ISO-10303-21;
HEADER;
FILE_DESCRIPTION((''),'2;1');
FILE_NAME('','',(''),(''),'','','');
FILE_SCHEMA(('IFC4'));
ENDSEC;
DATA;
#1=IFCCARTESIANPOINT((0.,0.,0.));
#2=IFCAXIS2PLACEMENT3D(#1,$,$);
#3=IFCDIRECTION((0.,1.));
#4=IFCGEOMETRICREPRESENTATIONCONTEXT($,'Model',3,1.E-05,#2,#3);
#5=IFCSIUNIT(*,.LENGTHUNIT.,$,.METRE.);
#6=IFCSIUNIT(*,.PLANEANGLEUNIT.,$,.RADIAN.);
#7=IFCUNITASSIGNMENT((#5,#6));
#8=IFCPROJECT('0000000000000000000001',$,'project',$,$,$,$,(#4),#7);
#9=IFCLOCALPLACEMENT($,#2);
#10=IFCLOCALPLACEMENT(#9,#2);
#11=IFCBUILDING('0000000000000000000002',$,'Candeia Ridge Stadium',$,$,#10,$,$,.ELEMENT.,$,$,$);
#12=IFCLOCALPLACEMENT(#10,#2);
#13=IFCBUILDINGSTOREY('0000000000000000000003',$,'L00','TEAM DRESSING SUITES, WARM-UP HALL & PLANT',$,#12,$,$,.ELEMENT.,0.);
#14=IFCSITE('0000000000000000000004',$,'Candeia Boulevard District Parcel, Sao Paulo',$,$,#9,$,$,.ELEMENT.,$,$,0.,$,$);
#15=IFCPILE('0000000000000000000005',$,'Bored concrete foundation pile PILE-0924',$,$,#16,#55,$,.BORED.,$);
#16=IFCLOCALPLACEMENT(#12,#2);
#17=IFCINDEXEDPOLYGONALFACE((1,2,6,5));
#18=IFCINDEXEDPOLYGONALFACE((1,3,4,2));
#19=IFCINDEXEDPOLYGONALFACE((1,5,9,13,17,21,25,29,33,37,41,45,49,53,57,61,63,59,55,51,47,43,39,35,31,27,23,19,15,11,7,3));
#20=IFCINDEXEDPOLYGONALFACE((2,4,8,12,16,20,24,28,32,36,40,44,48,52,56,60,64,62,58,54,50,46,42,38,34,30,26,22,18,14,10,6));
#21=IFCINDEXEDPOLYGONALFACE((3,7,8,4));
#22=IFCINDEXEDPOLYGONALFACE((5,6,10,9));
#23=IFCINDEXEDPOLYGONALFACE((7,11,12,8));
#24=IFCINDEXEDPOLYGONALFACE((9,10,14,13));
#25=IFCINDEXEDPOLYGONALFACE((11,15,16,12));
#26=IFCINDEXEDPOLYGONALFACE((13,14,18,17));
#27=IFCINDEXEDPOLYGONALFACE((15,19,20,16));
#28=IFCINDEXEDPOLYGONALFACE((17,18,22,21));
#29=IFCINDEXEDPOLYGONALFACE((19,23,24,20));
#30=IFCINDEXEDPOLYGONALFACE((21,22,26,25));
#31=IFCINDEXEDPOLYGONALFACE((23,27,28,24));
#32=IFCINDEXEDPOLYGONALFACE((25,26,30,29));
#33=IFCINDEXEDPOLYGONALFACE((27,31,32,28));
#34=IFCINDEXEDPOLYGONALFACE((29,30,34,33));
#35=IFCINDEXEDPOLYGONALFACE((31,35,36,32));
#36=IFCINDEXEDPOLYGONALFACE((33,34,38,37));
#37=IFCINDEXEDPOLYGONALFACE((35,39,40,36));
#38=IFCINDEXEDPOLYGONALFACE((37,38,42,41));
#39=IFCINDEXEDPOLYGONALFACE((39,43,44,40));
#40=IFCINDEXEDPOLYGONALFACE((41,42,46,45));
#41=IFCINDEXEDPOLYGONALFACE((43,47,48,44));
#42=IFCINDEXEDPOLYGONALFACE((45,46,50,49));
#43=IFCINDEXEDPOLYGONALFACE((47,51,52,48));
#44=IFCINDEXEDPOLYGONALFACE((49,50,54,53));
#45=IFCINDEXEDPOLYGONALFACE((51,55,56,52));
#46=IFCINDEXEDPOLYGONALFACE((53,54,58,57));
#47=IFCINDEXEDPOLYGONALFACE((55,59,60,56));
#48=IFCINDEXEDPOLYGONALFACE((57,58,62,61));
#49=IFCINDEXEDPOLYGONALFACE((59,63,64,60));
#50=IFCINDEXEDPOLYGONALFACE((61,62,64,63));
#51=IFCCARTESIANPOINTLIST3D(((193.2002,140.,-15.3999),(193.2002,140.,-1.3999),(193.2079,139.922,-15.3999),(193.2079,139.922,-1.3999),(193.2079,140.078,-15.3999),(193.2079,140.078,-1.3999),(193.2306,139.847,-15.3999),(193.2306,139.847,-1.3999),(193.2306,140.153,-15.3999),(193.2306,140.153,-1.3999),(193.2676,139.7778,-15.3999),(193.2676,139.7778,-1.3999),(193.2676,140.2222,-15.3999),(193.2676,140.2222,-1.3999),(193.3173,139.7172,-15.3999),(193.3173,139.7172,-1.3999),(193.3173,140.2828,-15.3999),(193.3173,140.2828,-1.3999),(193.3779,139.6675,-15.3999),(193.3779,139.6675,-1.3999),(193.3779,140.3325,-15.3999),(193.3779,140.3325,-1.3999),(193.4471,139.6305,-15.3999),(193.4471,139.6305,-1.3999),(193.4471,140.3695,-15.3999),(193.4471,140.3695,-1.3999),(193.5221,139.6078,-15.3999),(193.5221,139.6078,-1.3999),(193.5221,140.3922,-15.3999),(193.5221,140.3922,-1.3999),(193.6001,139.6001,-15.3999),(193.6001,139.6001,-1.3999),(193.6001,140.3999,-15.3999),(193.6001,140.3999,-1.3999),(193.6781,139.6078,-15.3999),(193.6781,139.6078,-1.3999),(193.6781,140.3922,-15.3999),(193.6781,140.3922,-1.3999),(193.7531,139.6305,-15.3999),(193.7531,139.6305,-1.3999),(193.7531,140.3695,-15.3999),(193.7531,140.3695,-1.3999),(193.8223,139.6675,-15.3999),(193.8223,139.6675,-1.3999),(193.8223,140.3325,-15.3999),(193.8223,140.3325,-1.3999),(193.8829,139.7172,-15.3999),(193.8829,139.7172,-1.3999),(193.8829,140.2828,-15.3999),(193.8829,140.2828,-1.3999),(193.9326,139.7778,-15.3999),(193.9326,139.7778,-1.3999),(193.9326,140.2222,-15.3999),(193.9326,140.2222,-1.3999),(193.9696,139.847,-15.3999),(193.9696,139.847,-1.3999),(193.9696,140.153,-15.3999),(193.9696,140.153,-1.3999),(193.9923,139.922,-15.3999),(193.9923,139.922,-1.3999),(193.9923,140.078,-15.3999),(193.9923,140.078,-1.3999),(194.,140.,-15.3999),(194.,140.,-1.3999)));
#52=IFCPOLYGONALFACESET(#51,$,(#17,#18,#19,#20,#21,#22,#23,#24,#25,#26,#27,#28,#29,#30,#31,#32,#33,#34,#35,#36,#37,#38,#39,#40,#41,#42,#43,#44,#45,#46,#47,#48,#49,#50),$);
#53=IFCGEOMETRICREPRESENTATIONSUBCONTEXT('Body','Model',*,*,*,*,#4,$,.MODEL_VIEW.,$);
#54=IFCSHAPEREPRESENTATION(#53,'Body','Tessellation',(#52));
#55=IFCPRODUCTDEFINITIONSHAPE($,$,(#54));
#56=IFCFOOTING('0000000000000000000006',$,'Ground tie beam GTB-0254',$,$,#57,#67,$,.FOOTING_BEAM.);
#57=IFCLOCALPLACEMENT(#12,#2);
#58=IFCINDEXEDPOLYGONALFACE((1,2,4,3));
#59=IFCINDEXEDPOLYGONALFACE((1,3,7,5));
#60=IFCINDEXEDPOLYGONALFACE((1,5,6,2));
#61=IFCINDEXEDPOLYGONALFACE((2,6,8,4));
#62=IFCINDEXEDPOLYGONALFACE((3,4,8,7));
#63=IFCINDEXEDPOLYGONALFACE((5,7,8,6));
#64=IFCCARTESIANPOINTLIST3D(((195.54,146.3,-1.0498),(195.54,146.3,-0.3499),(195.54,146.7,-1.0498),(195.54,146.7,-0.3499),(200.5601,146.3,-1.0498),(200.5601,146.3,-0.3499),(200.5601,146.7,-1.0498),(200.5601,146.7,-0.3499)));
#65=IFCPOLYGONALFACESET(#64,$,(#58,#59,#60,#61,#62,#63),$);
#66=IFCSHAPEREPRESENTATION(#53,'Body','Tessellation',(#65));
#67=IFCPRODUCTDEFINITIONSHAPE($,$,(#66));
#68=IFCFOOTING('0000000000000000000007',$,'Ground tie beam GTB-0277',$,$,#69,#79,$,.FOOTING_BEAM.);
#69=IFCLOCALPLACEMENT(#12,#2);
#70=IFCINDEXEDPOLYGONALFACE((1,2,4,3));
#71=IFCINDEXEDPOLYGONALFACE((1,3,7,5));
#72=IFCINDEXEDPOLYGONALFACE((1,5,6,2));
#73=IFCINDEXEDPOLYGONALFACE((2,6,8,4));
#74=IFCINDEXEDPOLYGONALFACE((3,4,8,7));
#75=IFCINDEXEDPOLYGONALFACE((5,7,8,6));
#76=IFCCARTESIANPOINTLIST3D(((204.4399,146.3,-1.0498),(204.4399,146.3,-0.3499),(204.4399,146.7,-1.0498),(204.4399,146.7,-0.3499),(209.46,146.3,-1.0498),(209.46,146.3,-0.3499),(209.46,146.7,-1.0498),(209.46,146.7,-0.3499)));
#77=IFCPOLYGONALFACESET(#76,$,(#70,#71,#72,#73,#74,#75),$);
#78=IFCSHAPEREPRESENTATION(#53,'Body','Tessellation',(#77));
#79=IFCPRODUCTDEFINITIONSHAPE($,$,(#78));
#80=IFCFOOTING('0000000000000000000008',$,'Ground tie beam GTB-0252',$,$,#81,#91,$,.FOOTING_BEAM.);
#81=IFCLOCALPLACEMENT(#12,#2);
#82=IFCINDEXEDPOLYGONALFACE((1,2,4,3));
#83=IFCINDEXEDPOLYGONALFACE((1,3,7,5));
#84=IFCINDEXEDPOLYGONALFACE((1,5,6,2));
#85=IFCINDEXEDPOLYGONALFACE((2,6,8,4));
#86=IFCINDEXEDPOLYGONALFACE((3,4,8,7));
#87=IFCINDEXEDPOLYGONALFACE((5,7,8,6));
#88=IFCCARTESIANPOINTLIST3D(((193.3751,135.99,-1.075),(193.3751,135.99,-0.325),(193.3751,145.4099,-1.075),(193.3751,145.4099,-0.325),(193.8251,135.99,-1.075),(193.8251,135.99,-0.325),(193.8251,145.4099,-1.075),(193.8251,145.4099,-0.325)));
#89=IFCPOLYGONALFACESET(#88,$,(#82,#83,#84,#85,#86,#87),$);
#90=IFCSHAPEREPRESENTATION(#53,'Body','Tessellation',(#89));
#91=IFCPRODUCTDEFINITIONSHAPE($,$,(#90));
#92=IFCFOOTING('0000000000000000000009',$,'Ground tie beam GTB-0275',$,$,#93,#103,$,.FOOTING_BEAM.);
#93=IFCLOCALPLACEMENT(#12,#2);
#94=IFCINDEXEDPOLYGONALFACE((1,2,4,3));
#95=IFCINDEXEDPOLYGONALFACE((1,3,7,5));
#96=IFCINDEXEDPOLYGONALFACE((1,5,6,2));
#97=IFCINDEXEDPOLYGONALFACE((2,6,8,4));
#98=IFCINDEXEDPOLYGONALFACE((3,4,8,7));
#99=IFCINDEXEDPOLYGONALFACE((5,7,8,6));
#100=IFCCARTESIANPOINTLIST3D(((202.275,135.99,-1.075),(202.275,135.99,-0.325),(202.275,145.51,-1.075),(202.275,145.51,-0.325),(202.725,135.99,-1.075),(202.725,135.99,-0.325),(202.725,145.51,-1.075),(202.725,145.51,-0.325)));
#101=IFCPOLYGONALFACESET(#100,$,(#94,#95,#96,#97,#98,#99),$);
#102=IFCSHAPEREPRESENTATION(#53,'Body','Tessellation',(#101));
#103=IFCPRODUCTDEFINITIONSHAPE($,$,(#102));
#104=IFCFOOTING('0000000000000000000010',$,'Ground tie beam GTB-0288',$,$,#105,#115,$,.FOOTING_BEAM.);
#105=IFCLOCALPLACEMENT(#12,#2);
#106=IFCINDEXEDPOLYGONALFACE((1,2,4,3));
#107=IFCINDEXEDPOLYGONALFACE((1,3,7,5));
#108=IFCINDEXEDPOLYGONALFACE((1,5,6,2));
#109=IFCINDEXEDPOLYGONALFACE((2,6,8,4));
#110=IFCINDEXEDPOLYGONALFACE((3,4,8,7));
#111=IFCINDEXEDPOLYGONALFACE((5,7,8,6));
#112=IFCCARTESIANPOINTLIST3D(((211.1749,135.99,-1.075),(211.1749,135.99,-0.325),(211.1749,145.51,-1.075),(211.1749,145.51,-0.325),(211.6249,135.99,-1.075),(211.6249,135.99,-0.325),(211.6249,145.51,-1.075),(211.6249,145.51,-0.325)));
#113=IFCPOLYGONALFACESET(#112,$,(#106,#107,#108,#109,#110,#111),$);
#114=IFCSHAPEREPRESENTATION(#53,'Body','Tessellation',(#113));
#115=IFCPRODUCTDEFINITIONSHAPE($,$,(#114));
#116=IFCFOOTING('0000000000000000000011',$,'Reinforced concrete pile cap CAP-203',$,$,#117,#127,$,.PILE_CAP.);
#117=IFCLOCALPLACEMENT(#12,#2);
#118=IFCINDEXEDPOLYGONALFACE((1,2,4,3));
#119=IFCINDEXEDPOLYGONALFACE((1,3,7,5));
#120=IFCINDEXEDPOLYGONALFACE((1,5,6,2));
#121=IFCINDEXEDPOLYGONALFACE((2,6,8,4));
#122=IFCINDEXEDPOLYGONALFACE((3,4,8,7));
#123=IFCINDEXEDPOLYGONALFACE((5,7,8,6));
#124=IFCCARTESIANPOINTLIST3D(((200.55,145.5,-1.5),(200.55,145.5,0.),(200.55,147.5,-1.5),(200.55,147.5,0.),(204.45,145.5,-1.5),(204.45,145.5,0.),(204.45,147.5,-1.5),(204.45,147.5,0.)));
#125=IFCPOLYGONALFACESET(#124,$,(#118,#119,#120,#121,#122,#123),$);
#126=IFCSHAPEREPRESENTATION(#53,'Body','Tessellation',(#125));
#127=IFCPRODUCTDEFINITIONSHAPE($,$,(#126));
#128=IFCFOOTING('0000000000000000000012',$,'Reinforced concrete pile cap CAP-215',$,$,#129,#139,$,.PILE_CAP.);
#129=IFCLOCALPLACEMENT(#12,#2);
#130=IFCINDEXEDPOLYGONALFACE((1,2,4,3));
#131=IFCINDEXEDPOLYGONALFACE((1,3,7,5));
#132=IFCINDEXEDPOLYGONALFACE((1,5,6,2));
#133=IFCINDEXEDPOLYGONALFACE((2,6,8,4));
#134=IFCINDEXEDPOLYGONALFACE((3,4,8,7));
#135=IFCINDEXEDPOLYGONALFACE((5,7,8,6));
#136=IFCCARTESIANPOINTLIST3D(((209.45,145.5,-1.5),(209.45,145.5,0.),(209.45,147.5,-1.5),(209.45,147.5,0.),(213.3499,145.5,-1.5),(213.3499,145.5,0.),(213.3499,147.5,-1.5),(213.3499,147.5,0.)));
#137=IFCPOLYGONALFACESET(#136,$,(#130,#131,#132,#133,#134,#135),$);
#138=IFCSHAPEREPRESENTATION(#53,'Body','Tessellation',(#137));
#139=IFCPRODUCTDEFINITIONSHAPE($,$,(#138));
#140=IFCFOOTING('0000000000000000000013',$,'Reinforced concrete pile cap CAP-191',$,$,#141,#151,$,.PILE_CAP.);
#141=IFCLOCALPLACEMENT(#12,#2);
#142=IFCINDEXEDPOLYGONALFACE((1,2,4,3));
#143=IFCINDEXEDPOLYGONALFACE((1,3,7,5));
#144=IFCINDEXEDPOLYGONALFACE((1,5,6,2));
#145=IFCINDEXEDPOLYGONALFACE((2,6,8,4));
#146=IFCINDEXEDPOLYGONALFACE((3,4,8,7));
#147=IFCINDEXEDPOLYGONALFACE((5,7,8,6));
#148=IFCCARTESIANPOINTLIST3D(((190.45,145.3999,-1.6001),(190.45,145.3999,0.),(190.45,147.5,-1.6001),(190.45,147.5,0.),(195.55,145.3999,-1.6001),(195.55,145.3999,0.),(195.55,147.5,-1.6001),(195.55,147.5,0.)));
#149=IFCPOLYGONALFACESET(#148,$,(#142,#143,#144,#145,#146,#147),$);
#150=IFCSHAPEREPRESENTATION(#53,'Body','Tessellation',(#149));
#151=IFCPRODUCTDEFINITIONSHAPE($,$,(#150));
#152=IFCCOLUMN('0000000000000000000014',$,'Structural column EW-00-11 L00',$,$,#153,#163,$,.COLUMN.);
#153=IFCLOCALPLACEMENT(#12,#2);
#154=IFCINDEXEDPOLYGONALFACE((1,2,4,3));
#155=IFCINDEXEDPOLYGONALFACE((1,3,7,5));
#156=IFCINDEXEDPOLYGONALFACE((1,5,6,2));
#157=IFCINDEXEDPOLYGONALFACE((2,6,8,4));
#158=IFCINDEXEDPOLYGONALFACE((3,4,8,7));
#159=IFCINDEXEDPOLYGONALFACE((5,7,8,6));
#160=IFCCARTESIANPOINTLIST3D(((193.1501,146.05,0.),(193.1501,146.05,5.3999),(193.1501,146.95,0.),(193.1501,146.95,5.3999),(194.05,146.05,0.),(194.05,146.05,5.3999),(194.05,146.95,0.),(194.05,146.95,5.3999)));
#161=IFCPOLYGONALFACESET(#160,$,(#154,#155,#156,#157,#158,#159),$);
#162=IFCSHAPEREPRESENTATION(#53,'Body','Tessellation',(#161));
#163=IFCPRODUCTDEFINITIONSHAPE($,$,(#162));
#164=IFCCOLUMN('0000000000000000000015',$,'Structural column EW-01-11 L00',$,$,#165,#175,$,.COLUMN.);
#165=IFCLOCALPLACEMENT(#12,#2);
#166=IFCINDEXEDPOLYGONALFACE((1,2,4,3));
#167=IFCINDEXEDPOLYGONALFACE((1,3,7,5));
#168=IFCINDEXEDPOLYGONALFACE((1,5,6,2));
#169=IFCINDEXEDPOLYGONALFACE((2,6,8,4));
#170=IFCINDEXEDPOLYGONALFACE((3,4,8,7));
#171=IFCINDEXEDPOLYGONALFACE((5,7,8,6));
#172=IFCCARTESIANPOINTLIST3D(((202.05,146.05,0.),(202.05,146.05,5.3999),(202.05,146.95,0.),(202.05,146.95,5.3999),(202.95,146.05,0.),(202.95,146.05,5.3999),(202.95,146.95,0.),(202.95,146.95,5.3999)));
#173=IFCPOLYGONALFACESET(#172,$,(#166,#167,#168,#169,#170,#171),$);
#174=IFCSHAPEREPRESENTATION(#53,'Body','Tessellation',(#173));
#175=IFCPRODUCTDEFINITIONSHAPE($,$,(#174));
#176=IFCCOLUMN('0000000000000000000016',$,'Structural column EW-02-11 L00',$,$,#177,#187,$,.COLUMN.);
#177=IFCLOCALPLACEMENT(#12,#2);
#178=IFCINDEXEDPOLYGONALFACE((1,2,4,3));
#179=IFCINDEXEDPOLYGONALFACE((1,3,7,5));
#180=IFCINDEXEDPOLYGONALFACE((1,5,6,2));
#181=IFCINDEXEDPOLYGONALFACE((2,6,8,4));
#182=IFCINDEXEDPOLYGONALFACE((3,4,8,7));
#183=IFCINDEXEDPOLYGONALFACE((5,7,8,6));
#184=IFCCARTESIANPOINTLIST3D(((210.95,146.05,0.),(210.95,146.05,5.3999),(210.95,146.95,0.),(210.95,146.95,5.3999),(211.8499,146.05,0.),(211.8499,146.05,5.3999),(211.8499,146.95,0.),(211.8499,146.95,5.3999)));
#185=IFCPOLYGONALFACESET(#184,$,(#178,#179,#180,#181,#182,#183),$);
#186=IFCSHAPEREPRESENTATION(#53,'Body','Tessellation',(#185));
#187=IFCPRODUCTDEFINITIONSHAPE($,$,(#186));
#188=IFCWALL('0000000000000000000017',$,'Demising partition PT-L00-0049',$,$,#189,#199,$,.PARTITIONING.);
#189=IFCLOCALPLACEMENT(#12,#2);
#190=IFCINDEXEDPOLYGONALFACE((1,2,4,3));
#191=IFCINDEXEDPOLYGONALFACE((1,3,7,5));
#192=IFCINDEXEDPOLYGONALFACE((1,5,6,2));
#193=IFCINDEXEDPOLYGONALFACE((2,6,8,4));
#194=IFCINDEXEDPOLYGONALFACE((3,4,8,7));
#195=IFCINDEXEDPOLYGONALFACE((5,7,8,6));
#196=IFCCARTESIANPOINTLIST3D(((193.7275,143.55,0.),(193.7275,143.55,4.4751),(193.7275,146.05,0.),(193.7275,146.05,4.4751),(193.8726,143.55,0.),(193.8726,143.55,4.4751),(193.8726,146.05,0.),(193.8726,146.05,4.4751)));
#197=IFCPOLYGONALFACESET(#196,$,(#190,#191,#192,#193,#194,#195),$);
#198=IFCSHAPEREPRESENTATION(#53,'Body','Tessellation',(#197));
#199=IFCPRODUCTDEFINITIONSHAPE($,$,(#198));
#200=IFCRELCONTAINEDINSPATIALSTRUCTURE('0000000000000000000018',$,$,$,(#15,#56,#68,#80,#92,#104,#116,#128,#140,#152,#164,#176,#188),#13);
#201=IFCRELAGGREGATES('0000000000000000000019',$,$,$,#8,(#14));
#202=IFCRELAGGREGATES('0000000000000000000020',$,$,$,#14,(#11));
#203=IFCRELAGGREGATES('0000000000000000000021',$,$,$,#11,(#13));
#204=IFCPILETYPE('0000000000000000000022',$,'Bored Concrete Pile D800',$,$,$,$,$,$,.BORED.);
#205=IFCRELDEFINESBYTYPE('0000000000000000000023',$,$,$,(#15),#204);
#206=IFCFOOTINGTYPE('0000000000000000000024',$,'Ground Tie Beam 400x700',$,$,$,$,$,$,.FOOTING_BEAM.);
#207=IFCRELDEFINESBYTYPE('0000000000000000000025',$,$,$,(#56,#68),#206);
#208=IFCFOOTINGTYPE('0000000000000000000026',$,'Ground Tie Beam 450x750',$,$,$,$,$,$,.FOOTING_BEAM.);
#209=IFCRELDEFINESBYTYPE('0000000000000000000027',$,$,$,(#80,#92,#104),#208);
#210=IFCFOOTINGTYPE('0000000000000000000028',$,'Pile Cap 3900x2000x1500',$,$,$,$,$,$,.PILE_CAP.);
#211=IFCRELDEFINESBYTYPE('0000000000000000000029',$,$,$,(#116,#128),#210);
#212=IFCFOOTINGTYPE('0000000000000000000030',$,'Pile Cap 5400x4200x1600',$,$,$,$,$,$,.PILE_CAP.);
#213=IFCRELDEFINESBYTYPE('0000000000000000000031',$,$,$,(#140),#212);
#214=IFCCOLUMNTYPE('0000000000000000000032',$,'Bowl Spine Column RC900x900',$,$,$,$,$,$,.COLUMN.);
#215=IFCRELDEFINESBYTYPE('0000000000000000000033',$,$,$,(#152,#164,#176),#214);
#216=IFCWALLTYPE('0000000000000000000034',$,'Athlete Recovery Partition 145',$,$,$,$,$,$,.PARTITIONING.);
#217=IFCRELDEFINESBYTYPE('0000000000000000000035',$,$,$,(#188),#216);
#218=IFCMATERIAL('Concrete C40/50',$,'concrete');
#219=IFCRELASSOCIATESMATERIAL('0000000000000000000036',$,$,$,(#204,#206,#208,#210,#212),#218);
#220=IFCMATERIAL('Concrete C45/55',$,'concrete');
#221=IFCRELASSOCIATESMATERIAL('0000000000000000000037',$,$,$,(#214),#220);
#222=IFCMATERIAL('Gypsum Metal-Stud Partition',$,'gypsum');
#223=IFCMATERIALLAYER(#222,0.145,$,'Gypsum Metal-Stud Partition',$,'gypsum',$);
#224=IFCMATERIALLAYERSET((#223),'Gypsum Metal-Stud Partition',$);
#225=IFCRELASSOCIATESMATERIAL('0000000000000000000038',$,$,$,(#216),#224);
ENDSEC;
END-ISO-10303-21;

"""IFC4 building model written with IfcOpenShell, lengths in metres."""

from ifc_helpers import new_model, si_unit, direction, frame, frame_2d, origin, origin_2d, place, context, subcontext, project, spatial, rectangle, circle, extrude, material, layer, layer_set, material_profile, profile_set, type_object, element, save


model = new_model("IFC4")

# Units and contexts
model_context = context("Model", 3, precision=1e-05, world=origin(), true_north=direction((0.0, 1.0)))
body_context = subcontext(model_context, "Body", "Model", "MODEL_VIEW")
ifc_project = project(units=[si_unit("LENGTHUNIT", "METRE"), si_unit("PLANEANGLEUNIT", "RADIAN")], contexts=[model_context])

# Site, building, storey
site_placement = place(None, origin())
site = spatial("IfcSite", under=ifc_project, at=site_placement, Name="Candeia Boulevard District Parcel, Sao Paulo", CompositionType="ELEMENT", RefElevation=0.0)
building_placement = place(site_placement, origin())
building = spatial("IfcBuilding", under=site, at=building_placement, Name="Candeia Ridge Stadium", CompositionType="ELEMENT")
storey_placement = place(building_placement, origin())
storey = spatial("IfcBuildingStorey", under=building, at=storey_placement, Name="L00", Description="TEAM DRESSING SUITES, WARM-UP HALL & PLANT", CompositionType="ELEMENT", Elevation=0.0)

# Pile
ifc_material_1 = material(Name="Concrete C40/50", Category="concrete")
ifc_material_profile_1 = material_profile(ifc_material_1, circle(Radius=0.3999, at=origin_2d()), Name="PILE-D800", Category="concrete")
ifc_profile_set_1 = profile_set([ifc_material_profile_1], Name="Concrete C40/50")
pile_type = type_object("IfcPileType", Name="Bored Concrete Pile D800", PredefinedType="BORED", material=ifc_profile_set_1)
for number, where, z_axis, x_axis, name in (
    (1, (193.6001, 140.0, -1.3999), (0.0, 0.0, -1.0), (1.0, 0.0, 0.0), "Bored concrete foundation pile PILE-0924"),
):
    element("IfcPile", number, at=place(storey_placement, frame(where, z_axis=z_axis, x_axis=x_axis)), inside=storey, type_object=pile_type, Name=name, PredefinedType="BORED", context=body_context, shape_type="SweptSolid", body=[
        extrude(circle(Radius=0.3999, at=origin_2d()), origin(), (0.0, 0.0, 1.0), 14.0),
    ])

# Footings
footing_type_1 = type_object("IfcFootingType", Name="Ground Tie Beam 400x700", PredefinedType="FOOTING_BEAM", material=ifc_material_1)
for number, where, z_axis, x_axis, name in (
    (2, (198.05, 146.5, -1.0498), (0.0, 0.0, 1.0), (1.0, 0.0, 0.0), "Ground tie beam GTB-0254"),
    (3, (206.95, 146.5, -1.0498), (0.0, 0.0, 1.0), (1.0, 0.0, 0.0), "Ground tie beam GTB-0277"),
):
    element("IfcFooting", number, at=place(storey_placement, frame(where, z_axis=z_axis, x_axis=x_axis)), inside=storey, type_object=footing_type_1, Name=name, PredefinedType="FOOTING_BEAM", context=body_context, shape_type="SweptSolid", body=[
        extrude(rectangle(XDim=5.02, YDim=0.3999, at=origin_2d()), origin(), (0.0, 0.0, 1.0), 0.7),
    ])
footing_type_2 = type_object("IfcFootingType", Name="Ground Tie Beam 450x750", PredefinedType="FOOTING_BEAM", material=ifc_material_1)
footing_1_placement = place(storey_placement, frame((193.6001, 140.7, -1.075), z_axis=(0.0, 0.0, 1.0), x_axis=(0.0, 1.0, 0.0)))
element("IfcFooting", 4, at=footing_1_placement, inside=storey, type_object=footing_type_2, Name="Ground tie beam GTB-0252", PredefinedType="FOOTING_BEAM", context=body_context, shape_type="SweptSolid", body=[
    extrude(rectangle(XDim=9.4199, YDim=0.45, at=origin_2d()), origin(), (0.0, 0.0, 1.0), 0.75),
])
for number, where, z_axis, x_axis, name in (
    (5, (202.5, 140.75, -1.075), (0.0, 0.0, 1.0), (0.0, 1.0, 0.0), "Ground tie beam GTB-0275"),
    (6, (211.3999, 140.75, -1.075), (0.0, 0.0, 1.0), (0.0, 1.0, 0.0), "Ground tie beam GTB-0288"),
):
    element("IfcFooting", number, at=place(storey_placement, frame(where, z_axis=z_axis, x_axis=x_axis)), inside=storey, type_object=footing_type_2, Name=name, PredefinedType="FOOTING_BEAM", context=body_context, shape_type="SweptSolid", body=[
        extrude(rectangle(XDim=9.52, YDim=0.45, at=origin_2d()), origin(), (0.0, 0.0, 1.0), 0.75),
    ])
footing_type_3 = type_object("IfcFootingType", Name="Pile Cap 3900x2000x1500", PredefinedType="PILE_CAP", material=ifc_material_1)
for number, where, z_axis, x_axis, name in (
    (7, (202.5, 146.5, -1.5), (0.0, 0.0, 1.0), (1.0, 0.0, 0.0), "Reinforced concrete pile cap CAP-203"),
    (8, (211.3999, 146.5, -1.5), (0.0, 0.0, 1.0), (1.0, 0.0, 0.0), "Reinforced concrete pile cap CAP-215"),
):
    element("IfcFooting", number, at=place(storey_placement, frame(where, z_axis=z_axis, x_axis=x_axis)), inside=storey, type_object=footing_type_3, Name=name, PredefinedType="PILE_CAP", context=body_context, shape_type="SweptSolid", body=[
        extrude(rectangle(XDim=3.8999, YDim=2.0, at=origin_2d()), origin(), (0.0, 0.0, 1.0), 1.5),
    ])
footing_type_4 = type_object("IfcFootingType", Name="Pile Cap 5400x4200x1600", PredefinedType="PILE_CAP", material=ifc_material_1)
footing_2_placement = place(storey_placement, frame((193.0, 146.45, -1.6001), z_axis=(0.0, 0.0, 1.0), x_axis=(1.0, 0.0, 0.0)))
element("IfcFooting", 9, at=footing_2_placement, inside=storey, type_object=footing_type_4, Name="Reinforced concrete pile cap CAP-191", PredefinedType="PILE_CAP", context=body_context, shape_type="SweptSolid", body=[
    extrude(rectangle(XDim=5.1001, YDim=2.1001, at=origin_2d()), origin(), (0.0, 0.0, 1.0), 1.6001),
])

# Columns
ifc_material_2 = material(Name="Concrete C45/55", Category="concrete")
ifc_material_profile_2 = material_profile(ifc_material_2, rectangle(XDim=0.8999, YDim=0.8999, at=origin_2d()), Name="RC900x900", Category="concrete")
ifc_profile_set_2 = profile_set([ifc_material_profile_2], Name="Concrete C45/55")
column_type = type_object("IfcColumnType", Name="Bowl Spine Column RC900x900", PredefinedType="COLUMN", material=ifc_profile_set_2)
for number, where, z_axis, x_axis, name in (
    (10, (193.6001, 146.5, 0.0), (0.0, 0.0, 1.0), (1.0, 0.0, 0.0), "Structural column EW-00-11 L00"),
    (11, (202.5, 146.5, 0.0), (0.0, 0.0, 1.0), (1.0, 0.0, 0.0), "Structural column EW-01-11 L00"),
    (12, (211.3999, 146.5, 0.0), (0.0, 0.0, 1.0), (1.0, 0.0, 0.0), "Structural column EW-02-11 L00"),
):
    element("IfcColumn", number, at=place(storey_placement, frame(where, z_axis=z_axis, x_axis=x_axis)), inside=storey, type_object=column_type, Name=name, PredefinedType="COLUMN", context=body_context, shape_type="SweptSolid", body=[
        extrude(rectangle(XDim=0.8999, YDim=0.8999, at=origin_2d()), origin(), (0.0, 0.0, 1.0), 5.3999),
    ])

# Wall
ifc_material_3 = material(Name="Gypsum Metal-Stud Partition", Category="gypsum")
ifc_layer_1 = layer(ifc_material_3, 0.145, Name="Gypsum Metal-Stud Partition", Category="gypsum")
ifc_layer_set_1 = layer_set([ifc_layer_1], Name="Gypsum Metal-Stud Partition")
wall_type_1 = type_object("IfcWallType", Name="Athlete Recovery Partition 145", PredefinedType="PARTITIONING", material=ifc_layer_set_1)
wall_1_placement = place(storey_placement, frame((193.8, 143.55, 0.0), z_axis=(0.0, 0.0, 1.0), x_axis=(0.0, 1.0, 0.0)))
element("IfcWall", 13, at=wall_1_placement, inside=storey, type_object=wall_type_1, Name="Demising partition PT-L00-0049", PredefinedType="PARTITIONING", context=body_context, shape_type="SweptSolid", body=[
    extrude(rectangle(XDim=2.5, YDim=0.145, at=frame_2d((1.25, 0.0))), origin(), (0.0, 0.0, 1.0), 4.4751),
])

save(model, "model.ifc")
